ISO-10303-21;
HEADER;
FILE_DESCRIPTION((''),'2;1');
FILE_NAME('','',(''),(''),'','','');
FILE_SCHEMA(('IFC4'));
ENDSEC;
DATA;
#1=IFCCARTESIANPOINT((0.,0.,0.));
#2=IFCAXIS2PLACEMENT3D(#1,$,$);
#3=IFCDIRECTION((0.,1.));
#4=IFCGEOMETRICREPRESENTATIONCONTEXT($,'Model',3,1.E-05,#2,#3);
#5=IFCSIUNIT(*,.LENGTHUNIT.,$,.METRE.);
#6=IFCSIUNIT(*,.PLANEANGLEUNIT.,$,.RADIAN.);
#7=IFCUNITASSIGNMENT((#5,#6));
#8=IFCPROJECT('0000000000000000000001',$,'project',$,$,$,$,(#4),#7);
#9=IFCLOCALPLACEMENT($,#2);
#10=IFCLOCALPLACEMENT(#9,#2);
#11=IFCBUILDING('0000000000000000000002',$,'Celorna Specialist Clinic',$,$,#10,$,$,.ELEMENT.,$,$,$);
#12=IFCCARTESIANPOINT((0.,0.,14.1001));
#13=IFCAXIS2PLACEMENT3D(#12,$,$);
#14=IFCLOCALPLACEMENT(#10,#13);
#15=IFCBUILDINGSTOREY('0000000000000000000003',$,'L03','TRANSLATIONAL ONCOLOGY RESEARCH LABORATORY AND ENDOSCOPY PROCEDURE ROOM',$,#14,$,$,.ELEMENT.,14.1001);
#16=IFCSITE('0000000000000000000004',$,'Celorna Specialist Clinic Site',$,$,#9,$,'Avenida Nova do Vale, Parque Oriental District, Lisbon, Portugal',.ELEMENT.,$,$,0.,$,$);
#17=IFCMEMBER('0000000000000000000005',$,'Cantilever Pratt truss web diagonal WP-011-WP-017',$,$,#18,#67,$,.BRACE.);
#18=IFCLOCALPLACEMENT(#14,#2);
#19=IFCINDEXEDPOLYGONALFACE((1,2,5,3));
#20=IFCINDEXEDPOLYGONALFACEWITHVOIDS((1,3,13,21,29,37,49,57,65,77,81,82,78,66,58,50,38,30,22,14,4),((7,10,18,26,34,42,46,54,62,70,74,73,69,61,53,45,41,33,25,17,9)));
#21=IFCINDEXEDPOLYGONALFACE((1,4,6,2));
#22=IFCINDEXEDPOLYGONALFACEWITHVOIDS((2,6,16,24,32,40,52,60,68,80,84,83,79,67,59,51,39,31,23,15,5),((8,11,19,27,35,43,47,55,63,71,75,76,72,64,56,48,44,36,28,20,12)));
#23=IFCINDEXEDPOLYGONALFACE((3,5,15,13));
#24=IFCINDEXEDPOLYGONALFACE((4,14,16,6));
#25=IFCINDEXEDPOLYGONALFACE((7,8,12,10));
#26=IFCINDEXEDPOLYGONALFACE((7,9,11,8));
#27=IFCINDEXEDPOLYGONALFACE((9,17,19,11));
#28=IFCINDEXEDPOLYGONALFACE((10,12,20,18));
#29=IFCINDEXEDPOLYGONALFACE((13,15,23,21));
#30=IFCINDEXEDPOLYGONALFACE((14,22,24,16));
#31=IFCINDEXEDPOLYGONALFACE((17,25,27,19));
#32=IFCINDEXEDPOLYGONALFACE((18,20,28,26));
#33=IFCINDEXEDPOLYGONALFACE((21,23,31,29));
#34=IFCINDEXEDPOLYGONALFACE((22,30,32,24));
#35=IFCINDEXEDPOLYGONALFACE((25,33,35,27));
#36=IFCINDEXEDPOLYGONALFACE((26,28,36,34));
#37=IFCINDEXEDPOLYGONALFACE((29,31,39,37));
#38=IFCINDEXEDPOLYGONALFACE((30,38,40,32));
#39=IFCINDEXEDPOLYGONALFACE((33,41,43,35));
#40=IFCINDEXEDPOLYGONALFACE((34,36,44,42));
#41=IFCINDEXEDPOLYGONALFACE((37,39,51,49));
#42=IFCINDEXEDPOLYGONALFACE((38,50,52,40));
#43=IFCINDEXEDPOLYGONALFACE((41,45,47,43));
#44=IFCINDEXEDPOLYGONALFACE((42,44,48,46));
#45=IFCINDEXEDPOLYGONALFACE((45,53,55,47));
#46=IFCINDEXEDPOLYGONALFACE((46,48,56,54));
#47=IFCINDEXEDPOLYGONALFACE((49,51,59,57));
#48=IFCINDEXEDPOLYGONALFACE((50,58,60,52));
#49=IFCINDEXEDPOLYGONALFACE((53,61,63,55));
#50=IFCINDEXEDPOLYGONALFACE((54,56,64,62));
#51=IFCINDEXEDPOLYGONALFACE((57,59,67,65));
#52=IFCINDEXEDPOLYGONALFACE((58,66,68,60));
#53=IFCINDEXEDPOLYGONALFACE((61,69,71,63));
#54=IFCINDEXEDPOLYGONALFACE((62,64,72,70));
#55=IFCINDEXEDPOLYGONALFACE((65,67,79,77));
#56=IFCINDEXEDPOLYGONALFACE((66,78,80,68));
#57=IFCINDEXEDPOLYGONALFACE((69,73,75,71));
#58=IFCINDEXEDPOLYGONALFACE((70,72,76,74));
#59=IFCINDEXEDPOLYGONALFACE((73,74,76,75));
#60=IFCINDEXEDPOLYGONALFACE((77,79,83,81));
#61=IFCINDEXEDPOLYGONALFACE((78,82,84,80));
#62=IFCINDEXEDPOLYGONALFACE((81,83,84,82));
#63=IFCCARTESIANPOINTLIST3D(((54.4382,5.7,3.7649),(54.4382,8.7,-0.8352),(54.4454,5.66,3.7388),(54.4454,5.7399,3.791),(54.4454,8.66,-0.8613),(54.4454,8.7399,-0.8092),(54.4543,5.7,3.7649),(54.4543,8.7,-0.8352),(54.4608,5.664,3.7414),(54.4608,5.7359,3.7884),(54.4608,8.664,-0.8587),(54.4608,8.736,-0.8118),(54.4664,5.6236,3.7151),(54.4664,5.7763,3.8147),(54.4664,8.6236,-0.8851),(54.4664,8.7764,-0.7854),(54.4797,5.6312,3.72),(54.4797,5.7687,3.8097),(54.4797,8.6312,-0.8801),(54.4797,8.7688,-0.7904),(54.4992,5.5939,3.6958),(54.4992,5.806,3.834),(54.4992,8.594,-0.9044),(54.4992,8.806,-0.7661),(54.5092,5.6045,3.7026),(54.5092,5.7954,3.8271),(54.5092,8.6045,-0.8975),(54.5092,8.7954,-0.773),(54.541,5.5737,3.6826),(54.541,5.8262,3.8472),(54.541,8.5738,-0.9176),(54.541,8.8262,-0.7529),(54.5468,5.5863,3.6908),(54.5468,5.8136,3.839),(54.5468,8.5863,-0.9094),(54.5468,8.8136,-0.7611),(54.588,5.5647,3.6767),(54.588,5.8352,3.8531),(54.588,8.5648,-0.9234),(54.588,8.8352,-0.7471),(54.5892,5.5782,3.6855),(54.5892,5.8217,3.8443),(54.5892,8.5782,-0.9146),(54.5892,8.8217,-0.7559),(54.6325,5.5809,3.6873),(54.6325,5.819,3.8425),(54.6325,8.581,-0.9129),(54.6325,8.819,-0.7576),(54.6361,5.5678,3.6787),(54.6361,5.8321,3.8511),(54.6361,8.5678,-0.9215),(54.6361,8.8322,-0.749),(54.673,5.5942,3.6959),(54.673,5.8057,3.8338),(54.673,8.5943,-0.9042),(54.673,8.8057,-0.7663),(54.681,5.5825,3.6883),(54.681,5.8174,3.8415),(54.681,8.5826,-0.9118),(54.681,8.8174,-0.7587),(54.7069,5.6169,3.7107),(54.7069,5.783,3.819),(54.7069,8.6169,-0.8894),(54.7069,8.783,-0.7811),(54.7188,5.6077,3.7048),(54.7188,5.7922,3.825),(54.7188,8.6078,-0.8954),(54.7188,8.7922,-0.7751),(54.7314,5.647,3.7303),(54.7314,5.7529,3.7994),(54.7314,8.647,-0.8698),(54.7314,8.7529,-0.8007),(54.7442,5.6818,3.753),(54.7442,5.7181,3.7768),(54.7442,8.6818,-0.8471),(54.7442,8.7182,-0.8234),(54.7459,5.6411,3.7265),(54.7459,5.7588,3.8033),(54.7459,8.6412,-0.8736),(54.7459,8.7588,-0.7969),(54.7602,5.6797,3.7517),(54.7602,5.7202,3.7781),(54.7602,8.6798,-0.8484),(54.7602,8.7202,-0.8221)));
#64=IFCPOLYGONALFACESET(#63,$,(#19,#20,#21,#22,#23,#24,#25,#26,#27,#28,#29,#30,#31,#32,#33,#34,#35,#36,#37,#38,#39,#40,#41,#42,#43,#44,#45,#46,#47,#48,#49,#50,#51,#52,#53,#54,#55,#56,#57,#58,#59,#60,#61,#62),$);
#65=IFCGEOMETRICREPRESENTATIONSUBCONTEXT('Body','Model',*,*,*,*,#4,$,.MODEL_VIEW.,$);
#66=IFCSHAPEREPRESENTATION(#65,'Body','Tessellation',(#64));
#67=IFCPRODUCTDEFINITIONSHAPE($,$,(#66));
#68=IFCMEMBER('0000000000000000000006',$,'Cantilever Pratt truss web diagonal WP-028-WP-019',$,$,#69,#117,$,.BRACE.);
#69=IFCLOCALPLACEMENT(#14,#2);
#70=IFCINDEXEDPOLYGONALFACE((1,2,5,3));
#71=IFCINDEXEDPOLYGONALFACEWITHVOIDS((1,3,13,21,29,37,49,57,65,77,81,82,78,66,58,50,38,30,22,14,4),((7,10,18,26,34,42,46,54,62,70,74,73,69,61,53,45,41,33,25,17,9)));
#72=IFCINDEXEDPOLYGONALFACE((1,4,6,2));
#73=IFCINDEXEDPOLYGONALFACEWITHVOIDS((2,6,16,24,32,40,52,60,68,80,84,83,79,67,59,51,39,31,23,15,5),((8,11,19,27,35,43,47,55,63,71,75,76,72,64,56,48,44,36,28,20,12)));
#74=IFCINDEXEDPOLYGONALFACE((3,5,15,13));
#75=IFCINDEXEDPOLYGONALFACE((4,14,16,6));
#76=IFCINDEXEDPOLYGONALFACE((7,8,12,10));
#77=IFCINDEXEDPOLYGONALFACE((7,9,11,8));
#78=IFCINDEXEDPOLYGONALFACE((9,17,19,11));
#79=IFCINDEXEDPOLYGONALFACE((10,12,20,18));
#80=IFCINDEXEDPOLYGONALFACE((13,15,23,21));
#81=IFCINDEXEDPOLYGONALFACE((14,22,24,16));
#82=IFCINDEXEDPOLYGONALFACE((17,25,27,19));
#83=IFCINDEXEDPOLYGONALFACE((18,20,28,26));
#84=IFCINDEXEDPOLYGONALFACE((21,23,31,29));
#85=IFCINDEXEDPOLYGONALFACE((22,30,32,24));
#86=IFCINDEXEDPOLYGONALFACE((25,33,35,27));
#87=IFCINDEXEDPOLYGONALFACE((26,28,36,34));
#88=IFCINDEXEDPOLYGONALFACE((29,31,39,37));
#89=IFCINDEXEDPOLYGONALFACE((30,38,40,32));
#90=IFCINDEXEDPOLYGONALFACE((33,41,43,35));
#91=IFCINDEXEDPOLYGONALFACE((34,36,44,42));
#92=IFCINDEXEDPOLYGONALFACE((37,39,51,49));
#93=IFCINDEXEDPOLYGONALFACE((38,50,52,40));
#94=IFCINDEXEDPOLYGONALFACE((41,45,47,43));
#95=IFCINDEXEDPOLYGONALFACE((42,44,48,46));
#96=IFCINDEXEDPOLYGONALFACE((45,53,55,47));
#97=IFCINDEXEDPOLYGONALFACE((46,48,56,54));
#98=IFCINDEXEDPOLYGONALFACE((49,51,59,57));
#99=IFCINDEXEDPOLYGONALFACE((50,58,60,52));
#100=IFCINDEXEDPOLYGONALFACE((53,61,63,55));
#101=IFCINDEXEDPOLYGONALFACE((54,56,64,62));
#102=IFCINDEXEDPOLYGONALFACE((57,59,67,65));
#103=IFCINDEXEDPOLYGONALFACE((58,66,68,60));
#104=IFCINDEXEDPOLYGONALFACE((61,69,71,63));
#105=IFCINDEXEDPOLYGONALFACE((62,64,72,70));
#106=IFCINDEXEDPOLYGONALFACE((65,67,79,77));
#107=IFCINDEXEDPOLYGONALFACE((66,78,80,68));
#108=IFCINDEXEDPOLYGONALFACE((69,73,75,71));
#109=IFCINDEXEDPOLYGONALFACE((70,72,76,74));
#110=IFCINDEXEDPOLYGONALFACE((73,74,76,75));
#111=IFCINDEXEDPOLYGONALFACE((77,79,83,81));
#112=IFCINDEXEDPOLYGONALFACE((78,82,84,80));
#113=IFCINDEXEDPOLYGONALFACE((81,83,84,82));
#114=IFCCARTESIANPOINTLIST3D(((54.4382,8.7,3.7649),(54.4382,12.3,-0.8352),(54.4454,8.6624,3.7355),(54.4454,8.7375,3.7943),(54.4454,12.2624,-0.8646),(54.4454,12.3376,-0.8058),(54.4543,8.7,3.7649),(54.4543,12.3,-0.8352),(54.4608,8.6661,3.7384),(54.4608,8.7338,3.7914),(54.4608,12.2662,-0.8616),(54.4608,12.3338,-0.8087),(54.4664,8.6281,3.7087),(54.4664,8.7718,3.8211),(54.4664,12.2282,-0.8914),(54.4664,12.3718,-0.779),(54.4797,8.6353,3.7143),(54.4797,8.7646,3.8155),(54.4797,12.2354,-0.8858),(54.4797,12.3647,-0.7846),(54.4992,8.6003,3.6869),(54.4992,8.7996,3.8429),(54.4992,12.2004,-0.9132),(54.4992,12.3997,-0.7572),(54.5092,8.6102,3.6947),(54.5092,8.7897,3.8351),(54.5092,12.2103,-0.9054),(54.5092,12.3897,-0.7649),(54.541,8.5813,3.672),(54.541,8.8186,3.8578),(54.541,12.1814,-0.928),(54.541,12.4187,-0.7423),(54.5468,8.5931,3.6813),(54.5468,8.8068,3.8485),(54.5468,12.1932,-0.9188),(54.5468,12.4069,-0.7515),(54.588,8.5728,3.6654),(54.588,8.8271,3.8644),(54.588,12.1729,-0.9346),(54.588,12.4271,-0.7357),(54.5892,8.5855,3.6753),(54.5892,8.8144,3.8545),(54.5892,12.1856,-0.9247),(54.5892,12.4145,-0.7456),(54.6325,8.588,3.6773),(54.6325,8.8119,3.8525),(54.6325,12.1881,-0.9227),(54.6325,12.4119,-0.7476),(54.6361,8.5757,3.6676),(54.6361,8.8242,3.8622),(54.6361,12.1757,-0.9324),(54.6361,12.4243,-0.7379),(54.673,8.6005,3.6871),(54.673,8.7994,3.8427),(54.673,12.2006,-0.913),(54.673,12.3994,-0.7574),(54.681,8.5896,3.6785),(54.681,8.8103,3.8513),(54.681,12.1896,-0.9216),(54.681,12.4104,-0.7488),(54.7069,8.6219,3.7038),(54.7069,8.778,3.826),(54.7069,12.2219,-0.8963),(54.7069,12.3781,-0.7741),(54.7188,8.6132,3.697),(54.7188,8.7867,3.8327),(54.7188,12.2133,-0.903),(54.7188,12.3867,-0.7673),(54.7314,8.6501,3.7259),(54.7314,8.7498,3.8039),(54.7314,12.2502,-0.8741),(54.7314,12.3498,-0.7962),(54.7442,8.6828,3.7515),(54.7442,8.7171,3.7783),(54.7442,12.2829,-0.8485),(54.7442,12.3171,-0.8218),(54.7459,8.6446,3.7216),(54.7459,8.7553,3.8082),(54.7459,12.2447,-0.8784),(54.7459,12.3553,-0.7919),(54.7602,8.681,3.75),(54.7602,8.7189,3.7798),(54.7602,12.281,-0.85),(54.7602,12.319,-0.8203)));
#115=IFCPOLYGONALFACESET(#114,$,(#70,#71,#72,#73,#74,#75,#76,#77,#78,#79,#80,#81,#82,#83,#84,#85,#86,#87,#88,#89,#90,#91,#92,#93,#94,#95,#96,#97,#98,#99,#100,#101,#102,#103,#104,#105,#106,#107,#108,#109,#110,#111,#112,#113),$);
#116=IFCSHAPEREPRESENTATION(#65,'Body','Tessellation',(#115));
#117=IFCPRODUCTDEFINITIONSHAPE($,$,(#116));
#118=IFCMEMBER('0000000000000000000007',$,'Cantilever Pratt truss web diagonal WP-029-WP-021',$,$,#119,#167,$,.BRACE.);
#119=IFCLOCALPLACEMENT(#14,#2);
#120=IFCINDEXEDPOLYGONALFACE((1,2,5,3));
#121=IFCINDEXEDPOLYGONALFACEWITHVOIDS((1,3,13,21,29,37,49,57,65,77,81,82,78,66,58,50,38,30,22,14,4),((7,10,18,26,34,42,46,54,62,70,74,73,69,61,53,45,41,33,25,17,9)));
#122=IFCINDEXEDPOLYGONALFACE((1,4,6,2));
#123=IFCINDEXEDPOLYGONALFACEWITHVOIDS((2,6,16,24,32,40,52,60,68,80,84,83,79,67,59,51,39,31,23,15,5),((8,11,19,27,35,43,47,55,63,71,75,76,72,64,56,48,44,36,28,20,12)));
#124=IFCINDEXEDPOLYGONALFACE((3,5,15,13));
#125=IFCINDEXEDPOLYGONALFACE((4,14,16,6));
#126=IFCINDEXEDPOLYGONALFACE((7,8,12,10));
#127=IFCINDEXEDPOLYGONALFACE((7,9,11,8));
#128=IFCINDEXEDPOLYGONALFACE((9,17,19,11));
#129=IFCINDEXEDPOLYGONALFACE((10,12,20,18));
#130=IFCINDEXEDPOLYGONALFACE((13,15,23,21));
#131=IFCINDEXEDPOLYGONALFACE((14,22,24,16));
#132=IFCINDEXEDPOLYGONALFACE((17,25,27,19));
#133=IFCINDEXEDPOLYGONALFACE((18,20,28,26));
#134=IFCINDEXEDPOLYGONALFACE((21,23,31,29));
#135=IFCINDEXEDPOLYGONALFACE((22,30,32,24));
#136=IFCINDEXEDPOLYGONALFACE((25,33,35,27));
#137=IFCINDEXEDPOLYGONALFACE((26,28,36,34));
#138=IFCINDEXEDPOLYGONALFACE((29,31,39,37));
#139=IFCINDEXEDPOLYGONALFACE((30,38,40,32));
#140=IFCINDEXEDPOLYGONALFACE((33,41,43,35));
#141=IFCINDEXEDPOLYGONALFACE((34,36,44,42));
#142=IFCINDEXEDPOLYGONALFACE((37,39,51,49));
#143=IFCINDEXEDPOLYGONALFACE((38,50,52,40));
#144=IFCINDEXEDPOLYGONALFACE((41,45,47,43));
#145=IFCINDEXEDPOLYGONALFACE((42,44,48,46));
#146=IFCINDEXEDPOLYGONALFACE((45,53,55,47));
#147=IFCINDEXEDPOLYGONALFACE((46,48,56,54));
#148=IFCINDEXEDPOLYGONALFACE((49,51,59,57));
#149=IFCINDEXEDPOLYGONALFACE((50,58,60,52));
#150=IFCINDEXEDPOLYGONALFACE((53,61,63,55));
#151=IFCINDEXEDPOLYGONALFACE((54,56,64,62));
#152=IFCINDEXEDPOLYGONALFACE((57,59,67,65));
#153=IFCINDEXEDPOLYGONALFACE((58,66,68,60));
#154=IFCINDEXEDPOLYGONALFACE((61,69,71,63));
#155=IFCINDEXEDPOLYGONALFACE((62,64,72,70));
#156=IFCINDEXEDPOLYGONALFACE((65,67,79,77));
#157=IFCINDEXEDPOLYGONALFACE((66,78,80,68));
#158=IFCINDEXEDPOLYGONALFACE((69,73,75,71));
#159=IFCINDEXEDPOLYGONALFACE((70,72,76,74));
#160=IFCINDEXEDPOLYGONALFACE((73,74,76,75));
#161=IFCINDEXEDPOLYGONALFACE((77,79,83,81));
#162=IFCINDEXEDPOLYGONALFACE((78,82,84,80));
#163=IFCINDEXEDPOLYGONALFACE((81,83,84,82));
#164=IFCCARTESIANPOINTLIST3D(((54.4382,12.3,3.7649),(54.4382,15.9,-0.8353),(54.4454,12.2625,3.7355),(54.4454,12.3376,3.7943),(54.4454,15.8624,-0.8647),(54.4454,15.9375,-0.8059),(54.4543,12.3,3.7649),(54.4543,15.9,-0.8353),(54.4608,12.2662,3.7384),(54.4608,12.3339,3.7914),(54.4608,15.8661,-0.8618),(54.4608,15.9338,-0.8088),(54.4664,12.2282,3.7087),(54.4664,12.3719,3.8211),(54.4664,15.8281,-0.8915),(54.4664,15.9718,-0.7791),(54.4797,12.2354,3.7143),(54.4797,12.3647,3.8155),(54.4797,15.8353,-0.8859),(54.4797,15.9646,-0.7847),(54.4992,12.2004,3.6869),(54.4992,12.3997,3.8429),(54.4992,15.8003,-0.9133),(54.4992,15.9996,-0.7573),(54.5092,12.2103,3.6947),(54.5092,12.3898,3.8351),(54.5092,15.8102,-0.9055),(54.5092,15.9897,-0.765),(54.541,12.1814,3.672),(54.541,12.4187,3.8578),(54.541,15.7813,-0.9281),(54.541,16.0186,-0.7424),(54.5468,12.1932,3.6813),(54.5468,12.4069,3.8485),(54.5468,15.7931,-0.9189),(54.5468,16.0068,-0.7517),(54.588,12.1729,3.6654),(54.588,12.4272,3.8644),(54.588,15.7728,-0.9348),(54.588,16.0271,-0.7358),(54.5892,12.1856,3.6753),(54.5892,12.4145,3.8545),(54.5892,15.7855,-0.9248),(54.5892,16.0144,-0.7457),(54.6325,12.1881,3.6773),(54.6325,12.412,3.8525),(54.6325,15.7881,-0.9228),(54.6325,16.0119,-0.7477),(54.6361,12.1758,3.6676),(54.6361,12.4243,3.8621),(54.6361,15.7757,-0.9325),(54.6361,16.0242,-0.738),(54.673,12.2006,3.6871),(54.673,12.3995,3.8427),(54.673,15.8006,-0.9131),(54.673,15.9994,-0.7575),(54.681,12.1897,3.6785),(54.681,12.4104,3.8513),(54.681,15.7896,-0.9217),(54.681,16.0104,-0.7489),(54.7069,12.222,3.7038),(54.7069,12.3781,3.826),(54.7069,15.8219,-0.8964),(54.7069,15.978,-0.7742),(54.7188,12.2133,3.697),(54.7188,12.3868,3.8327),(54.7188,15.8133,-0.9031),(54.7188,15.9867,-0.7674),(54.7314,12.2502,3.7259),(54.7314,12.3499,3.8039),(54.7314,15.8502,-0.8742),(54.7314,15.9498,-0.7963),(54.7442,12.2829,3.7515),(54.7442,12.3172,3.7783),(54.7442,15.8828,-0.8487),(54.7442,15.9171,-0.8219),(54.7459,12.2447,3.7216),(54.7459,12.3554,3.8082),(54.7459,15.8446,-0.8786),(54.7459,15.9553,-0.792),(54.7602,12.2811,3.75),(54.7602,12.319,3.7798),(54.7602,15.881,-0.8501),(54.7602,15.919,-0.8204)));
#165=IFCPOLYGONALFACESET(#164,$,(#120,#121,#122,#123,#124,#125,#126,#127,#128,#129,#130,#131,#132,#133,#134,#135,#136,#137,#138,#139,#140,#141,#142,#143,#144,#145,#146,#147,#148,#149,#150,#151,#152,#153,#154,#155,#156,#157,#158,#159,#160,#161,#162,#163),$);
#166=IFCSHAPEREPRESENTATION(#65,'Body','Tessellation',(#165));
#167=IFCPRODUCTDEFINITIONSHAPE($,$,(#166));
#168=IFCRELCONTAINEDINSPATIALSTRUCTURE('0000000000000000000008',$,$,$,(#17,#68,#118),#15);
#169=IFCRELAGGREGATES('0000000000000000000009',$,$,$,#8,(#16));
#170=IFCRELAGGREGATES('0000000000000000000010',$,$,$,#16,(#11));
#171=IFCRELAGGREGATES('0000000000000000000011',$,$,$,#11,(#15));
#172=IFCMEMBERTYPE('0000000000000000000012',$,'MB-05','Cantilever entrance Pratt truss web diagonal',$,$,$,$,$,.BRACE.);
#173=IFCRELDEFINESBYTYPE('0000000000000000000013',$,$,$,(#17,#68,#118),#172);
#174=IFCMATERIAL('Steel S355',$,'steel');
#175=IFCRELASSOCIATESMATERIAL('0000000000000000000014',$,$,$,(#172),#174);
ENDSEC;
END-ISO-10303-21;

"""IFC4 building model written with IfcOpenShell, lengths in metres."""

from ifc_helpers import new_model, si_unit, direction, frame, origin, origin_2d, place, context, subcontext, project, spatial, hollow_circle, extrude, material, material_profile, profile_set, type_object, element, save


model = new_model("IFC4")

# Units and contexts
model_context = context("Model", 3, precision=1e-05, world=origin(), true_north=direction((0.0, 1.0)))
body_context = subcontext(model_context, "Body", "Model", "MODEL_VIEW")
ifc_project = project(units=[si_unit("LENGTHUNIT", "METRE"), si_unit("PLANEANGLEUNIT", "RADIAN")], contexts=[model_context])

# Site, building, storey
site_placement = place(None, origin())
site = spatial("IfcSite", under=ifc_project, at=site_placement, Name="Celorna Specialist Clinic Site", LongName="Avenida Nova do Vale, Parque Oriental District, Lisbon, Portugal", CompositionType="ELEMENT", RefElevation=0.0)
building_placement = place(site_placement, origin())
building = spatial("IfcBuilding", under=site, at=building_placement, Name="Celorna Specialist Clinic", CompositionType="ELEMENT")
storey_placement = place(building_placement, frame((0.0, 0.0, 14.1001)))
storey = spatial("IfcBuildingStorey", under=building, at=storey_placement, Name="L03", Description="TRANSLATIONAL ONCOLOGY RESEARCH LABORATORY AND ENDOSCOPY PROCEDURE ROOM", CompositionType="ELEMENT", Elevation=14.1001)

# Shared definitions
ifc_material_1 = material(Name="Steel S355", Category="steel")

# Members
ifc_material_profile_1 = material_profile(ifc_material_1, hollow_circle(Radius=0.1619, WallThickness=0.0161, at=origin_2d()), Name="CHS 323.9x16")
ifc_profile_set_1 = profile_set([ifc_material_profile_1], Name="Steel S355")
member_type_1 = type_object("IfcMemberType", Name="MB-05", Description="Cantilever entrance Pratt truss web diagonal", PredefinedType="BRACE", material=ifc_profile_set_1)
member_placement = place(storey_placement, frame((54.6001, 5.7, 3.7649), z_axis=(0.0, 0.54626, -0.837616), x_axis=(-1.0, 0.0, 0.0)))
element("IfcMember", 1, at=member_placement, inside=storey, type_object=member_type_1, Name="Cantilever Pratt truss web diagonal WP-011-WP-017", PredefinedType="BRACE", context=body_context, shape_type="SweptSolid", body=[
    extrude(hollow_circle(Radius=0.1619, WallThickness=0.0161, at=origin_2d()), origin(), (0.0, 0.0, 1.0), 5.4919),
])
for number, where, z_axis, x_axis, name in (
    (2, (54.6001, 8.7, 3.7649), (0.0, 0.616311, -0.787503), (-1.0, 0.0, 0.0), "Cantilever Pratt truss web diagonal WP-028-WP-019"),
    (3, (54.6001, 12.3, 3.7649), (0.0, 0.616285, -0.787524), (-1.0, 0.0, 0.0), "Cantilever Pratt truss web diagonal WP-029-WP-021"),
):
    element("IfcMember", number, at=place(storey_placement, frame(where, z_axis=z_axis, x_axis=x_axis)), inside=storey, type_object=member_type_1, Name=name, PredefinedType="BRACE", context=body_context, shape_type="SweptSolid", body=[
        extrude(hollow_circle(Radius=0.1619, WallThickness=0.0161, at=origin_2d()), origin(), (0.0, 0.0, 1.0), 5.8413),
    ])

save(model, "model.ifc")
